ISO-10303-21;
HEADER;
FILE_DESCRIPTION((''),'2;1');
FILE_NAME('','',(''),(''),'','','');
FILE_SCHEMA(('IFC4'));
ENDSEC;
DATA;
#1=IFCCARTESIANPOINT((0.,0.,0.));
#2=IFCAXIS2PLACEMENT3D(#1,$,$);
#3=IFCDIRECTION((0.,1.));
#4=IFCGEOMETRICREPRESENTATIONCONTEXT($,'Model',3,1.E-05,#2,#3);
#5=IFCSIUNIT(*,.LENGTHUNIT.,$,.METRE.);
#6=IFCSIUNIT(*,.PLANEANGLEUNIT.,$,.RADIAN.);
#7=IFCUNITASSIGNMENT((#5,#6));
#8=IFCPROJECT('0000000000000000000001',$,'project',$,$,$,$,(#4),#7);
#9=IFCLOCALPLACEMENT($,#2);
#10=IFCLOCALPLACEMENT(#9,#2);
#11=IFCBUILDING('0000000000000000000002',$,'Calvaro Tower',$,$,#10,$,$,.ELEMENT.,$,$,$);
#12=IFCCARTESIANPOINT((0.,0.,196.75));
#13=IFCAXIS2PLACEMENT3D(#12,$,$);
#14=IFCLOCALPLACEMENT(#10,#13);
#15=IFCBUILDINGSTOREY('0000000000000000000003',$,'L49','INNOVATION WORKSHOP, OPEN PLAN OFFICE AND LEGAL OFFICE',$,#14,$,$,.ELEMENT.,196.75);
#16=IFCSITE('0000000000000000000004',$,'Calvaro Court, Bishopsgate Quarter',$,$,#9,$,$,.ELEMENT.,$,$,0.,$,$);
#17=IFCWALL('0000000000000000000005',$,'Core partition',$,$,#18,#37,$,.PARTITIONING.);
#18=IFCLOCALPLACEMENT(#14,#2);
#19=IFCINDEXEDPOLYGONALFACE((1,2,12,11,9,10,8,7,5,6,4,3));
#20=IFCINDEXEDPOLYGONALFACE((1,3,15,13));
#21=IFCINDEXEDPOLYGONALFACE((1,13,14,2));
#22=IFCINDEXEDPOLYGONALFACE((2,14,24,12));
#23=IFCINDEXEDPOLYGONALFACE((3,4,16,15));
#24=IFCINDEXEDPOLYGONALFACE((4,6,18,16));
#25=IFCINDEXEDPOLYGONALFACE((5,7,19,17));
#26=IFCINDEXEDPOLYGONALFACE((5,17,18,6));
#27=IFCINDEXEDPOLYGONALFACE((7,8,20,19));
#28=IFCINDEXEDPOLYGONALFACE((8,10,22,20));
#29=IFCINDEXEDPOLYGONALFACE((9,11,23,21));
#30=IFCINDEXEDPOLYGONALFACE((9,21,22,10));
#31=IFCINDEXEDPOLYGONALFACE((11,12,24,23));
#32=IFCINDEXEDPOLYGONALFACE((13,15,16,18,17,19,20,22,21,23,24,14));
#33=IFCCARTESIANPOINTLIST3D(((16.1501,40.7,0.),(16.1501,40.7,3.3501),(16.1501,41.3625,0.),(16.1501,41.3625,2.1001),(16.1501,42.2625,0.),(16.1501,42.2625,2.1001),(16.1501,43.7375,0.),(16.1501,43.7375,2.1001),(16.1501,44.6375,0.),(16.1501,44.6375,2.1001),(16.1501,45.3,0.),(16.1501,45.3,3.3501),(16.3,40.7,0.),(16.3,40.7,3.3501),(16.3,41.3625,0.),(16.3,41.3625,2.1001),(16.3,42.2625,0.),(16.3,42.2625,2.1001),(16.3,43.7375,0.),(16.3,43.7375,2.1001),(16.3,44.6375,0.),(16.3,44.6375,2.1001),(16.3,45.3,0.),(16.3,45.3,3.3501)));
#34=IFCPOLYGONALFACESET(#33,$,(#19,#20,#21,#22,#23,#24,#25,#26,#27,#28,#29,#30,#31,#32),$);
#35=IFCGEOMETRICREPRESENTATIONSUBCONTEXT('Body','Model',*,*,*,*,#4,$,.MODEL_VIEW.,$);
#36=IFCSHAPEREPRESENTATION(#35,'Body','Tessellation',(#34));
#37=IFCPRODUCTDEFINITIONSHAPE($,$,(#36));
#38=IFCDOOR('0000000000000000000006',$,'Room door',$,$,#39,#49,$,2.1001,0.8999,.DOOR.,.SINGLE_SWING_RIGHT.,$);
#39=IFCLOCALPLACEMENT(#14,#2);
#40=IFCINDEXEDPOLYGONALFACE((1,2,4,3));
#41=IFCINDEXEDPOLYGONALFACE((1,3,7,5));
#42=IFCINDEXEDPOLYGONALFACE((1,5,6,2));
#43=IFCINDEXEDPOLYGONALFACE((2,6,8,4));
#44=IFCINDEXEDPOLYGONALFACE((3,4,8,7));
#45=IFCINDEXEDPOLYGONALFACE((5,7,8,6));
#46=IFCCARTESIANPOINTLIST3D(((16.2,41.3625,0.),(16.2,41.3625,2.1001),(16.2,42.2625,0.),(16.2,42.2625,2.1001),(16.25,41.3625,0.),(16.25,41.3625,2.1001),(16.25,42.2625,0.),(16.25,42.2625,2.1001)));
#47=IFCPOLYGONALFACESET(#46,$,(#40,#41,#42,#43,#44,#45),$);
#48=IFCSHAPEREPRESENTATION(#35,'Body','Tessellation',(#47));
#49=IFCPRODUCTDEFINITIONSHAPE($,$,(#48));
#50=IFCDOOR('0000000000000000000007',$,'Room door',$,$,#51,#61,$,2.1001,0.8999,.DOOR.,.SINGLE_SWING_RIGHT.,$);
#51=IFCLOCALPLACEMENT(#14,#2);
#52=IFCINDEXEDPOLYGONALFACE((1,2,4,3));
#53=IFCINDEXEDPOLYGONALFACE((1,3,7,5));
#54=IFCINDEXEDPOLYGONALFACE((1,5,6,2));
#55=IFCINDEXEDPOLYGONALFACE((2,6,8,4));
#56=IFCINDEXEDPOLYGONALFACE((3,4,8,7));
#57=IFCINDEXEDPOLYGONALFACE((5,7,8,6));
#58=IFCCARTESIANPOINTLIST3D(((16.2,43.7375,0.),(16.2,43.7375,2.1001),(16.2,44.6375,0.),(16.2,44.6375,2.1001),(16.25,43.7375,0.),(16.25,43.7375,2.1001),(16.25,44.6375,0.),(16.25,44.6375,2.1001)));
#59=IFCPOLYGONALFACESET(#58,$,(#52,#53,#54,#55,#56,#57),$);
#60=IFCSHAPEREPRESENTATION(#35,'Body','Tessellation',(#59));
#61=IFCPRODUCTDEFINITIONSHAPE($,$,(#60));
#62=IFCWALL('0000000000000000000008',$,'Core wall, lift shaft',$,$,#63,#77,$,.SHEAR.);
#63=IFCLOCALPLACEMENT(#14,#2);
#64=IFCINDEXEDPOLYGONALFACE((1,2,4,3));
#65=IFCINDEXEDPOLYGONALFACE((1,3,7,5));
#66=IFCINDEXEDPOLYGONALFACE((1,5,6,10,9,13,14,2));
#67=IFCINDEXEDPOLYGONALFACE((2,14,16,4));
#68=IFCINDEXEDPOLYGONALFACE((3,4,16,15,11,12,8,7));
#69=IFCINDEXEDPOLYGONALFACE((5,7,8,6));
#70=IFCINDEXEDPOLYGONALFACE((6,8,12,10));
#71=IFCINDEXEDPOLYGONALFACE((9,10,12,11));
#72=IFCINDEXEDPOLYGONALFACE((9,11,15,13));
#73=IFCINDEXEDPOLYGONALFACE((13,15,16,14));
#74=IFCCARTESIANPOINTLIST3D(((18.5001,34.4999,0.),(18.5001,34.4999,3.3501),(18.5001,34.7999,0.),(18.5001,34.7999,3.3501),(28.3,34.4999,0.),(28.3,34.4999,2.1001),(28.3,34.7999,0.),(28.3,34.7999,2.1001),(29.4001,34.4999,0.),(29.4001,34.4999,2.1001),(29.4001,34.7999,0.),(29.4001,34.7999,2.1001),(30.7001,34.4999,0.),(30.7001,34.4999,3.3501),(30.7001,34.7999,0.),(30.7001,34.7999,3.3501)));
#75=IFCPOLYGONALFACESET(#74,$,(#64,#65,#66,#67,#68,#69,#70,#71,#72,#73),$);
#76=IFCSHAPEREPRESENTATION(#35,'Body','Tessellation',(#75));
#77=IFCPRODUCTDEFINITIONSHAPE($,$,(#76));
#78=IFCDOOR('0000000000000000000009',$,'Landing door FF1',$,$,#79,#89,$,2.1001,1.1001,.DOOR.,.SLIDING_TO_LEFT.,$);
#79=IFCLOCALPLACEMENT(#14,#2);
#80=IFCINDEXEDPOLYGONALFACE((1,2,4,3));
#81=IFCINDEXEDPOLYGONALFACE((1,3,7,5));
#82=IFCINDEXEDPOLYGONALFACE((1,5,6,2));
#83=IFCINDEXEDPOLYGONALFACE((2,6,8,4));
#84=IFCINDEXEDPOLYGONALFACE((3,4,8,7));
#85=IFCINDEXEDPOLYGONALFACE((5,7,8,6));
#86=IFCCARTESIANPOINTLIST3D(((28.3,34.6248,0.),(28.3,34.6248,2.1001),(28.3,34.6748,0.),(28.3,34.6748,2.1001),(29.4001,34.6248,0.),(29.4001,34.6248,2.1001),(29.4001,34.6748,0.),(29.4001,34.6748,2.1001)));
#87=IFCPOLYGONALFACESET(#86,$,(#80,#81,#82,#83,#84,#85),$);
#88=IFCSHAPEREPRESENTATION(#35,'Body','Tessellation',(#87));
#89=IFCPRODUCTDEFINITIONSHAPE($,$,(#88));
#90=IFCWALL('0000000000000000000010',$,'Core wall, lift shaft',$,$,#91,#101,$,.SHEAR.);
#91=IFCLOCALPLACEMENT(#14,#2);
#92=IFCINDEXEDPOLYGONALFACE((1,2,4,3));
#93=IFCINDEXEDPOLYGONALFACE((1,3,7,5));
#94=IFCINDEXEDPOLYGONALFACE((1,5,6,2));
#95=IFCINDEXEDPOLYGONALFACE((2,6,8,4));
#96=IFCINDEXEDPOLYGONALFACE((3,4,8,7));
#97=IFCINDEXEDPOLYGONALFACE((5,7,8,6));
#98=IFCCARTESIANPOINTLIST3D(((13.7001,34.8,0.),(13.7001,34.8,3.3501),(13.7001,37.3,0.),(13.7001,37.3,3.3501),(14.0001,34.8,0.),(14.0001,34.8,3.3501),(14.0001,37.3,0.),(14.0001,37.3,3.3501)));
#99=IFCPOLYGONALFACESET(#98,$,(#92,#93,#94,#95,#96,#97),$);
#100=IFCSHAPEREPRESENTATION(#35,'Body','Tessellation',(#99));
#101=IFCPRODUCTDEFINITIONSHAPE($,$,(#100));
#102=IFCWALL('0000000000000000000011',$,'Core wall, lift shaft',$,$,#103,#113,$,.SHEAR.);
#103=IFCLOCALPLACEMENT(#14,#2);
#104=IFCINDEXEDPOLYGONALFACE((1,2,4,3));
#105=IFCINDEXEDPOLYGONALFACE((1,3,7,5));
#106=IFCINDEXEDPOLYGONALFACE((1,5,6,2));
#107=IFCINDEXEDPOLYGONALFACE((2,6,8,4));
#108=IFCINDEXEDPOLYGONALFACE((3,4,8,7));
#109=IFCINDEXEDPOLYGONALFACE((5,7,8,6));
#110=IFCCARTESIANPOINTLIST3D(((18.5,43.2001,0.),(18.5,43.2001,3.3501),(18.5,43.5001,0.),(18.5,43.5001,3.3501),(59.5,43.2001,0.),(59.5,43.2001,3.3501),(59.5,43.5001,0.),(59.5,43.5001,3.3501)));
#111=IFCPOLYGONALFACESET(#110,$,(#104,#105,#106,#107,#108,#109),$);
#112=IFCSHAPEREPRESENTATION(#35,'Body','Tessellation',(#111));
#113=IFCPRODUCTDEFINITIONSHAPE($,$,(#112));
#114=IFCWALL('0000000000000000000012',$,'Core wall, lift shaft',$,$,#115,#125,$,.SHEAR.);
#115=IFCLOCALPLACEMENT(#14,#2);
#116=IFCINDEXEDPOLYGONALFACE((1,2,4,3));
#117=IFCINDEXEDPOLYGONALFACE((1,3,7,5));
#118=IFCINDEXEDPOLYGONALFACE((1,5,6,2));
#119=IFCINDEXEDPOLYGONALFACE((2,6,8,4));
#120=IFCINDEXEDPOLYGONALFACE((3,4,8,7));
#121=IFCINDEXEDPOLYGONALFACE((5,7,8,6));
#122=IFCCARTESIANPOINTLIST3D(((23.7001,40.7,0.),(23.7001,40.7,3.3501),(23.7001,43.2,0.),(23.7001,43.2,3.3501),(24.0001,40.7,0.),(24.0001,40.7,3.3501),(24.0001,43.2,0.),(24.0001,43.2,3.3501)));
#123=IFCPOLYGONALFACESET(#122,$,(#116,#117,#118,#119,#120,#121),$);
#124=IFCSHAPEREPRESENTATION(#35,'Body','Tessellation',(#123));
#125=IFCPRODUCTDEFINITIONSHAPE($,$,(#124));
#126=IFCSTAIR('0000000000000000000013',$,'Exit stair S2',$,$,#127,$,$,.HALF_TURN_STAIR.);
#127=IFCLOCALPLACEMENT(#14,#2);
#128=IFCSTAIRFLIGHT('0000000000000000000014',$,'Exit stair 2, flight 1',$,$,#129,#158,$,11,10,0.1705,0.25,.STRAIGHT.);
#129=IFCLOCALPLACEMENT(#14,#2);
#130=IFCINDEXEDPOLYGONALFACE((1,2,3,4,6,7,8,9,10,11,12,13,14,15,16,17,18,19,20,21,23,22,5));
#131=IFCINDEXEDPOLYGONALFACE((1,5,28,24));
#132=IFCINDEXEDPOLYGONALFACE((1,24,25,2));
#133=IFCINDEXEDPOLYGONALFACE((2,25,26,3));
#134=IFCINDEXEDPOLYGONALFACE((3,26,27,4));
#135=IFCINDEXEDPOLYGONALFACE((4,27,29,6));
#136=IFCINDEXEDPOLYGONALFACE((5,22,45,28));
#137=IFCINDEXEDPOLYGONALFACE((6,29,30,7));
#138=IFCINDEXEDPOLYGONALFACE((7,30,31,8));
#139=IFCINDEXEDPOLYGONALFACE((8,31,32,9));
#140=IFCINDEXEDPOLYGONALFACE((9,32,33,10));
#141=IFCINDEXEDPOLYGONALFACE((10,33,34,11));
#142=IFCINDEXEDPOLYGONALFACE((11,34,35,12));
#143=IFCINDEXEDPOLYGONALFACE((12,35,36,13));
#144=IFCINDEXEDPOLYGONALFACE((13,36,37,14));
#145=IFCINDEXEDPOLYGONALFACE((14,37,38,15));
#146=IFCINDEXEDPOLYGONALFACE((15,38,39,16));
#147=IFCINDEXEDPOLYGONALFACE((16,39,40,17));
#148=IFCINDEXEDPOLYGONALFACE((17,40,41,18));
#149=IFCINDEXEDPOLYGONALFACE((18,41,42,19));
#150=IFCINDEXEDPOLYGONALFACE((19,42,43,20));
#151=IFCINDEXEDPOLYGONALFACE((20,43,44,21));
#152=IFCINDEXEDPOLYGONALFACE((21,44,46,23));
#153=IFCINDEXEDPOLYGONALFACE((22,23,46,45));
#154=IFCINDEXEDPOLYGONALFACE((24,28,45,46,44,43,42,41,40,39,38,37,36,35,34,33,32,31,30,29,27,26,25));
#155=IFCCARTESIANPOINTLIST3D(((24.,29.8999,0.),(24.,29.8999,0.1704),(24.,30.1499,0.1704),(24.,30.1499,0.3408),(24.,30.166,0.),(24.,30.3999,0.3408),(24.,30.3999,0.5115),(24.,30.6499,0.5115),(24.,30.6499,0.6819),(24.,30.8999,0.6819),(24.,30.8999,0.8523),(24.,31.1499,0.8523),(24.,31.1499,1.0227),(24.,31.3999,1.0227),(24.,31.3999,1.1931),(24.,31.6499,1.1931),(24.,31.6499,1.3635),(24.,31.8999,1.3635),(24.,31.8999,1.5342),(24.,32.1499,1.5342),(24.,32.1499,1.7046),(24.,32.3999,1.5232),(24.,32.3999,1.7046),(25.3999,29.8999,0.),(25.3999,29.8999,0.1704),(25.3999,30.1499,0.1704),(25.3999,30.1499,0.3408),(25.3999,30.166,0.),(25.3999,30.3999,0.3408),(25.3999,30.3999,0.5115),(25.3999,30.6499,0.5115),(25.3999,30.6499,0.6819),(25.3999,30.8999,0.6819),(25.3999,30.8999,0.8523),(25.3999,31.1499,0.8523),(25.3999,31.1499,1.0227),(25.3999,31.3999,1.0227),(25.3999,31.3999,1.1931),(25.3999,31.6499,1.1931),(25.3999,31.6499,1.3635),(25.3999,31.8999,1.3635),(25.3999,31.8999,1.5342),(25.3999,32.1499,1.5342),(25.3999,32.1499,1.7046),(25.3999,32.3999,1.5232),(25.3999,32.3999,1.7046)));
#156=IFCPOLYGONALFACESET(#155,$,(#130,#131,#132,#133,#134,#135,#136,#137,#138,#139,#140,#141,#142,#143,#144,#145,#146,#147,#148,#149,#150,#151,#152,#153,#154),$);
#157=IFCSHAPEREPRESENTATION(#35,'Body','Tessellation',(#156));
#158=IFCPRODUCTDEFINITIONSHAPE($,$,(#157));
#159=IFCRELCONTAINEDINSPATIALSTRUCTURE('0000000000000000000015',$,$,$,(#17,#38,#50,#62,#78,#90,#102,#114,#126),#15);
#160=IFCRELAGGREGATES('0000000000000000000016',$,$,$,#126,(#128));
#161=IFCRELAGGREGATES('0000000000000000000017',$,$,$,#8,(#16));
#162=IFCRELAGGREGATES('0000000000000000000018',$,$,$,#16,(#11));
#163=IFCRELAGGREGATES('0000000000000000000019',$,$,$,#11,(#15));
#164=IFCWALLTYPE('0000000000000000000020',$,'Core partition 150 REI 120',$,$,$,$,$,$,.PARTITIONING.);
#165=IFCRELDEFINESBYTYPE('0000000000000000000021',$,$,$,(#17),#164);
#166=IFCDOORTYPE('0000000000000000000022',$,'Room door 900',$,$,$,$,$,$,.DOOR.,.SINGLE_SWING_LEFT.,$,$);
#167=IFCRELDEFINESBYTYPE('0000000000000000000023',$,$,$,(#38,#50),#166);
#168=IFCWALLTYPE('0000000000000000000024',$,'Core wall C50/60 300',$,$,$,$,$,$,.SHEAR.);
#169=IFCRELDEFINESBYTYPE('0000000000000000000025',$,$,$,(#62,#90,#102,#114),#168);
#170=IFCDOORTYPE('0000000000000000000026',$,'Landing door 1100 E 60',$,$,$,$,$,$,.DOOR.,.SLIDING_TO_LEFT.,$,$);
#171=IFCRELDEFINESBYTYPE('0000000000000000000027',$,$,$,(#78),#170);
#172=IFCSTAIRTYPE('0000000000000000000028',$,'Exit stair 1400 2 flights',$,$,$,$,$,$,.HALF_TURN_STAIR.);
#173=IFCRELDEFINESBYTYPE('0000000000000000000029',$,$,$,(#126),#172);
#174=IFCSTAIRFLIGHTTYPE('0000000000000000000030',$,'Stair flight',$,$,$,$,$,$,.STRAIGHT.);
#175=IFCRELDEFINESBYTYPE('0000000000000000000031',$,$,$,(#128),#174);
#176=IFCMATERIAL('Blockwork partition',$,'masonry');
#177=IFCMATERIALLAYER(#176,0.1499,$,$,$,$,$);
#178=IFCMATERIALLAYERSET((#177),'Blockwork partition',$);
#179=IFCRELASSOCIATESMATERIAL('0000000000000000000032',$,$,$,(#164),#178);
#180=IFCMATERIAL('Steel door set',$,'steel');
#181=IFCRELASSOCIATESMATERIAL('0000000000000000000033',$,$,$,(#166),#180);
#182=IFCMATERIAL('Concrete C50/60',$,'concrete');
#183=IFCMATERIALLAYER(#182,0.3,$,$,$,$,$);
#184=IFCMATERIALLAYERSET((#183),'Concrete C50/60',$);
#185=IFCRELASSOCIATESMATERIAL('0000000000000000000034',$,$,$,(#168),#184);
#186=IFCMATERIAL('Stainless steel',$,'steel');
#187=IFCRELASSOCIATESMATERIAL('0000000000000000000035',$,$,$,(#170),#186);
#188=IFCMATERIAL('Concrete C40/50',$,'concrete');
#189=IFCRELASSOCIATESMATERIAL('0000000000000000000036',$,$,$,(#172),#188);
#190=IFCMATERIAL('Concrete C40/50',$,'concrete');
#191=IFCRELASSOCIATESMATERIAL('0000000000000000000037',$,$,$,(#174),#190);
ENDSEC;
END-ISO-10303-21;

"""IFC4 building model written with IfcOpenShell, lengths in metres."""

from ifc_helpers import new_model, si_unit, direction, frame, frame_2d, origin, place, context, subcontext, project, spatial, polyline, rectangle, outline, extrude, material, layer, layer_set, type_object, element, fill, aggregate, save


model = new_model("IFC4")

# Units and contexts
model_context = context("Model", 3, precision=1e-05, world=origin(), true_north=direction((0.0, 1.0)))
body_context = subcontext(model_context, "Body", "Model", "MODEL_VIEW")
ifc_project = project(units=[si_unit("LENGTHUNIT", "METRE"), si_unit("PLANEANGLEUNIT", "RADIAN")], contexts=[model_context])

# Site, building, storey
site_placement = place(None, origin())
site = spatial("IfcSite", under=ifc_project, at=site_placement, Name="Calvaro Court, Bishopsgate Quarter", CompositionType="ELEMENT", RefElevation=0.0)
building_placement = place(site_placement, origin())
building = spatial("IfcBuilding", under=site, at=building_placement, Name="Calvaro Tower", CompositionType="ELEMENT")
storey_placement = place(building_placement, frame((0.0, 0.0, 196.75)))
storey = spatial("IfcBuildingStorey", under=building, at=storey_placement, Name="L49", Description="INNOVATION WORKSHOP, OPEN PLAN OFFICE AND LEGAL OFFICE", CompositionType="ELEMENT", Elevation=196.75)

# Wall, openings, doors
ifc_material_1 = material(Name="Blockwork partition", Category="masonry")
ifc_layer_1 = layer(ifc_material_1, 0.1499)
ifc_layer_set_1 = layer_set([ifc_layer_1], Name="Blockwork partition")
wall_type_1 = type_object("IfcWallType", Name="Core partition 150 REI 120", PredefinedType="PARTITIONING", material=ifc_layer_set_1)
wall_1_placement = place(storey_placement, frame((16.2251, 45.3, 0.0), z_axis=(0.0, 0.0, 1.0), x_axis=(0.0, -1.0, 0.0)))
wall_1 = element("IfcWall", 1, at=wall_1_placement, inside=storey, type_object=wall_type_1, Name="Core partition", PredefinedType="PARTITIONING", context=body_context, shape_type="SweptSolid", body=[
    extrude(rectangle(XDim=4.6001, YDim=0.1499, at=frame_2d((2.3, 0.0))), origin(), (0.0, 0.0, 1.0), 3.3501),
])
opening_1_placement = place(wall_1_placement, frame((3.0376, 0.0, 0.0)))
opening_1 = element("IfcOpeningElement", 2, at=opening_1_placement, cuts=wall_1, PredefinedType="OPENING", context=body_context, shape_type="SweptSolid", body=[
    extrude(rectangle(XDim=0.8999, YDim=2.1001, at=frame_2d((0.45, 1.05))), frame((0.0, 0.085, 0.0), z_axis=(0.0, -1.0, 0.0), x_axis=(1.0, 0.0, 0.0)), (0.0, 0.0, 1.0), 0.1699),
])
opening_2_placement = place(wall_1_placement, frame((0.6626, 0.0, 0.0)))
opening_2 = element("IfcOpeningElement", 3, at=opening_2_placement, cuts=wall_1, PredefinedType="OPENING", context=body_context, shape_type="SweptSolid", body=[
    extrude(rectangle(XDim=0.8999, YDim=2.1001, at=frame_2d((0.45, 1.05))), frame((0.0, 0.085, 0.0), z_axis=(0.0, -1.0, 0.0), x_axis=(1.0, 0.0, 0.0)), (0.0, 0.0, 1.0), 0.1699),
])
ifc_material_2 = material(Name="Steel door set", Category="steel")
door_type_1 = type_object("IfcDoorType", Name="Room door 900", OperationType="SINGLE_SWING_LEFT", PredefinedType="DOOR", material=ifc_material_2)
door_1_placement = place(opening_1_placement, origin())
door_1 = element("IfcDoor", 4, at=door_1_placement, inside=storey, type_object=door_type_1, Name="Room door", OperationType="SINGLE_SWING_RIGHT", OverallHeight=2.1001, OverallWidth=0.8999, PredefinedType="DOOR", context=body_context, shape_type="SweptSolid", body=[
    extrude(rectangle(XDim=0.8999, YDim=2.1001, at=frame_2d((0.45, 1.05))), frame((0.0, 0.0249, 0.0), z_axis=(0.0, -1.0, 0.0), x_axis=(1.0, 0.0, 0.0)), (0.0, 0.0, 1.0), 0.05),
])
fill(opening_1, door_1)
door_2_placement = place(opening_2_placement, origin())
door_2 = element("IfcDoor", 5, at=door_2_placement, inside=storey, type_object=door_type_1, Name="Room door", OperationType="SINGLE_SWING_RIGHT", OverallHeight=2.1001, OverallWidth=0.8999, PredefinedType="DOOR", context=body_context, shape_type="SweptSolid", body=[
    extrude(rectangle(XDim=0.8999, YDim=2.1001, at=frame_2d((0.45, 1.05))), frame((0.0, 0.0249, 0.0), z_axis=(0.0, -1.0, 0.0), x_axis=(1.0, 0.0, 0.0)), (0.0, 0.0, 1.0), 0.05),
])
fill(opening_2, door_2)

# Wall, opening, door
ifc_material_3 = material(Name="Concrete C50/60", Category="concrete")
ifc_layer_2 = layer(ifc_material_3, 0.3)
ifc_layer_set_2 = layer_set([ifc_layer_2], Name="Concrete C50/60")
wall_type_2 = type_object("IfcWallType", Name="Core wall C50/60 300", PredefinedType="SHEAR", material=ifc_layer_set_2)
wall_2_placement = place(storey_placement, frame((18.5, 34.6499, 0.0), z_axis=(0.0, 0.0, 1.0), x_axis=(1.0, 0.0, 0.0)))
wall_2 = element("IfcWall", 6, at=wall_2_placement, inside=storey, type_object=wall_type_2, Name="Core wall, lift shaft", PredefinedType="SHEAR", context=body_context, shape_type="SweptSolid", body=[
    extrude(rectangle(XDim=12.2, YDim=0.3, at=frame_2d((6.1001, 0.0))), origin(), (0.0, 0.0, 1.0), 3.3501),
])
opening_3_placement = place(wall_2_placement, frame((9.8, 0.0, 0.0)))
opening_3 = element("IfcOpeningElement", 7, at=opening_3_placement, cuts=wall_2, PredefinedType="OPENING", context=body_context, shape_type="SweptSolid", body=[
    extrude(rectangle(XDim=1.1001, YDim=2.1001, at=frame_2d((0.55, 1.05))), frame((0.0, 0.1599, 0.0), z_axis=(0.0, -1.0, 0.0), x_axis=(1.0, 0.0, 0.0)), (0.0, 0.0, 1.0), 0.3201),
])
ifc_material_4 = material(Name="Stainless steel", Category="steel")
door_type_2 = type_object("IfcDoorType", Name="Landing door 1100 E 60", OperationType="SLIDING_TO_LEFT", PredefinedType="DOOR", material=ifc_material_4)
door_3_placement = place(opening_3_placement, origin())
door_3 = element("IfcDoor", 8, at=door_3_placement, inside=storey, type_object=door_type_2, Name="Landing door FF1", OperationType="SLIDING_TO_LEFT", OverallHeight=2.1001, OverallWidth=1.1001, PredefinedType="DOOR", context=body_context, shape_type="SweptSolid", body=[
    extrude(rectangle(XDim=1.1001, YDim=2.1001, at=frame_2d((0.55, 1.05))), frame((0.0, 0.0249, 0.0), z_axis=(0.0, -1.0, 0.0), x_axis=(1.0, 0.0, 0.0)), (0.0, 0.0, 1.0), 0.05),
])
fill(opening_3, door_3)

# Wall
wall_3_placement = place(storey_placement, frame((13.8501, 34.8, 0.0), z_axis=(0.0, 0.0, 1.0), x_axis=(0.0, 1.0, 0.0)))
element("IfcWall", 9, at=wall_3_placement, inside=storey, type_object=wall_type_2, Name="Core wall, lift shaft", PredefinedType="SHEAR", context=body_context, shape_type="SweptSolid", body=[
    extrude(rectangle(XDim=2.5, YDim=0.3, at=frame_2d((1.25, 0.0))), origin(), (0.0, 0.0, 1.0), 3.3501),
])

# Walls
wall_4_placement = place(storey_placement, frame((18.5, 43.3501, 0.0), z_axis=(0.0, 0.0, 1.0), x_axis=(1.0, 0.0, 0.0)))
element("IfcWall", 10, at=wall_4_placement, inside=storey, type_object=wall_type_2, Name="Core wall, lift shaft", PredefinedType="SHEAR", context=body_context, shape_type="SweptSolid", body=[
    extrude(rectangle(XDim=41.0, YDim=0.3, at=frame_2d((20.5, 0.0))), origin(), (0.0, 0.0, 1.0), 3.3501),
])
wall_5_placement = place(storey_placement, frame((23.8501, 40.7, 0.0), z_axis=(0.0, 0.0, 1.0), x_axis=(0.0, 1.0, 0.0)))
element("IfcWall", 11, at=wall_5_placement, inside=storey, type_object=wall_type_2, Name="Core wall, lift shaft", PredefinedType="SHEAR", context=body_context, shape_type="SweptSolid", body=[
    extrude(rectangle(XDim=2.5, YDim=0.3, at=frame_2d((1.25, 0.0))), origin(), (0.0, 0.0, 1.0), 3.3501),
])

# Stair, stair flight
ifc_material_5 = material(Name="Concrete C40/50", Category="concrete")
stair_type = type_object("IfcStairType", Name="Exit stair 1400 2 flights", PredefinedType="HALF_TURN_STAIR", material=ifc_material_5)
stair_1_placement = place(storey_placement, origin())
stair_1 = element("IfcStair", 12, at=stair_1_placement, inside=storey, type_object=stair_type, Name="Exit stair S2", PredefinedType="HALF_TURN_STAIR")
ifc_material_6 = material(Name="Concrete C40/50", Category="concrete")
stair_flight_type = type_object("IfcStairFlightType", Name="Stair flight", PredefinedType="STRAIGHT", material=ifc_material_6)
stair_flight_placement = place(storey_placement, frame((24.7, 29.8999, 0.0), z_axis=(0.0, 0.0, 1.0), x_axis=(0.0, 1.0, 0.0)))
stair_flight = element("IfcStairFlight", 13, at=stair_flight_placement, type_object=stair_flight_type, Name="Exit stair 2, flight 1", NumberOfRisers=11, NumberOfTreads=10, PredefinedType="STRAIGHT", RiserHeight=0.1705, TreadLength=0.25, context=body_context, shape_type="SweptSolid", body=[
    extrude(outline(polyline([(0.0, 0.0), (0.0, 0.1704), (0.25, 0.1704), (0.25, 0.3408), (0.5, 0.3408), (0.5, 0.5115), (0.75, 0.5115), (0.75, 0.6819), (1.0, 0.6819), (1.0, 0.8523), (1.25, 0.8523), (1.25, 1.0227), (1.5, 1.0227), (1.5, 1.1931), (1.75, 1.1931), (1.75, 1.3635), (2.0, 1.3635), (2.0, 1.5342), (2.25, 1.5342), (2.25, 1.7046), (2.5, 1.7046), (2.5, 1.875), (2.5, 1.5232), (0.2661, 0.0), (0.0, 0.0)])), frame((0.0, 0.7, 0.0), z_axis=(0.0, -1.0, 0.0), x_axis=(1.0, 0.0, 0.0)), (0.0, 0.0, 1.0), 1.3999),
])

aggregate(stair_1, [stair_flight])

save(model, "model.ifc")
